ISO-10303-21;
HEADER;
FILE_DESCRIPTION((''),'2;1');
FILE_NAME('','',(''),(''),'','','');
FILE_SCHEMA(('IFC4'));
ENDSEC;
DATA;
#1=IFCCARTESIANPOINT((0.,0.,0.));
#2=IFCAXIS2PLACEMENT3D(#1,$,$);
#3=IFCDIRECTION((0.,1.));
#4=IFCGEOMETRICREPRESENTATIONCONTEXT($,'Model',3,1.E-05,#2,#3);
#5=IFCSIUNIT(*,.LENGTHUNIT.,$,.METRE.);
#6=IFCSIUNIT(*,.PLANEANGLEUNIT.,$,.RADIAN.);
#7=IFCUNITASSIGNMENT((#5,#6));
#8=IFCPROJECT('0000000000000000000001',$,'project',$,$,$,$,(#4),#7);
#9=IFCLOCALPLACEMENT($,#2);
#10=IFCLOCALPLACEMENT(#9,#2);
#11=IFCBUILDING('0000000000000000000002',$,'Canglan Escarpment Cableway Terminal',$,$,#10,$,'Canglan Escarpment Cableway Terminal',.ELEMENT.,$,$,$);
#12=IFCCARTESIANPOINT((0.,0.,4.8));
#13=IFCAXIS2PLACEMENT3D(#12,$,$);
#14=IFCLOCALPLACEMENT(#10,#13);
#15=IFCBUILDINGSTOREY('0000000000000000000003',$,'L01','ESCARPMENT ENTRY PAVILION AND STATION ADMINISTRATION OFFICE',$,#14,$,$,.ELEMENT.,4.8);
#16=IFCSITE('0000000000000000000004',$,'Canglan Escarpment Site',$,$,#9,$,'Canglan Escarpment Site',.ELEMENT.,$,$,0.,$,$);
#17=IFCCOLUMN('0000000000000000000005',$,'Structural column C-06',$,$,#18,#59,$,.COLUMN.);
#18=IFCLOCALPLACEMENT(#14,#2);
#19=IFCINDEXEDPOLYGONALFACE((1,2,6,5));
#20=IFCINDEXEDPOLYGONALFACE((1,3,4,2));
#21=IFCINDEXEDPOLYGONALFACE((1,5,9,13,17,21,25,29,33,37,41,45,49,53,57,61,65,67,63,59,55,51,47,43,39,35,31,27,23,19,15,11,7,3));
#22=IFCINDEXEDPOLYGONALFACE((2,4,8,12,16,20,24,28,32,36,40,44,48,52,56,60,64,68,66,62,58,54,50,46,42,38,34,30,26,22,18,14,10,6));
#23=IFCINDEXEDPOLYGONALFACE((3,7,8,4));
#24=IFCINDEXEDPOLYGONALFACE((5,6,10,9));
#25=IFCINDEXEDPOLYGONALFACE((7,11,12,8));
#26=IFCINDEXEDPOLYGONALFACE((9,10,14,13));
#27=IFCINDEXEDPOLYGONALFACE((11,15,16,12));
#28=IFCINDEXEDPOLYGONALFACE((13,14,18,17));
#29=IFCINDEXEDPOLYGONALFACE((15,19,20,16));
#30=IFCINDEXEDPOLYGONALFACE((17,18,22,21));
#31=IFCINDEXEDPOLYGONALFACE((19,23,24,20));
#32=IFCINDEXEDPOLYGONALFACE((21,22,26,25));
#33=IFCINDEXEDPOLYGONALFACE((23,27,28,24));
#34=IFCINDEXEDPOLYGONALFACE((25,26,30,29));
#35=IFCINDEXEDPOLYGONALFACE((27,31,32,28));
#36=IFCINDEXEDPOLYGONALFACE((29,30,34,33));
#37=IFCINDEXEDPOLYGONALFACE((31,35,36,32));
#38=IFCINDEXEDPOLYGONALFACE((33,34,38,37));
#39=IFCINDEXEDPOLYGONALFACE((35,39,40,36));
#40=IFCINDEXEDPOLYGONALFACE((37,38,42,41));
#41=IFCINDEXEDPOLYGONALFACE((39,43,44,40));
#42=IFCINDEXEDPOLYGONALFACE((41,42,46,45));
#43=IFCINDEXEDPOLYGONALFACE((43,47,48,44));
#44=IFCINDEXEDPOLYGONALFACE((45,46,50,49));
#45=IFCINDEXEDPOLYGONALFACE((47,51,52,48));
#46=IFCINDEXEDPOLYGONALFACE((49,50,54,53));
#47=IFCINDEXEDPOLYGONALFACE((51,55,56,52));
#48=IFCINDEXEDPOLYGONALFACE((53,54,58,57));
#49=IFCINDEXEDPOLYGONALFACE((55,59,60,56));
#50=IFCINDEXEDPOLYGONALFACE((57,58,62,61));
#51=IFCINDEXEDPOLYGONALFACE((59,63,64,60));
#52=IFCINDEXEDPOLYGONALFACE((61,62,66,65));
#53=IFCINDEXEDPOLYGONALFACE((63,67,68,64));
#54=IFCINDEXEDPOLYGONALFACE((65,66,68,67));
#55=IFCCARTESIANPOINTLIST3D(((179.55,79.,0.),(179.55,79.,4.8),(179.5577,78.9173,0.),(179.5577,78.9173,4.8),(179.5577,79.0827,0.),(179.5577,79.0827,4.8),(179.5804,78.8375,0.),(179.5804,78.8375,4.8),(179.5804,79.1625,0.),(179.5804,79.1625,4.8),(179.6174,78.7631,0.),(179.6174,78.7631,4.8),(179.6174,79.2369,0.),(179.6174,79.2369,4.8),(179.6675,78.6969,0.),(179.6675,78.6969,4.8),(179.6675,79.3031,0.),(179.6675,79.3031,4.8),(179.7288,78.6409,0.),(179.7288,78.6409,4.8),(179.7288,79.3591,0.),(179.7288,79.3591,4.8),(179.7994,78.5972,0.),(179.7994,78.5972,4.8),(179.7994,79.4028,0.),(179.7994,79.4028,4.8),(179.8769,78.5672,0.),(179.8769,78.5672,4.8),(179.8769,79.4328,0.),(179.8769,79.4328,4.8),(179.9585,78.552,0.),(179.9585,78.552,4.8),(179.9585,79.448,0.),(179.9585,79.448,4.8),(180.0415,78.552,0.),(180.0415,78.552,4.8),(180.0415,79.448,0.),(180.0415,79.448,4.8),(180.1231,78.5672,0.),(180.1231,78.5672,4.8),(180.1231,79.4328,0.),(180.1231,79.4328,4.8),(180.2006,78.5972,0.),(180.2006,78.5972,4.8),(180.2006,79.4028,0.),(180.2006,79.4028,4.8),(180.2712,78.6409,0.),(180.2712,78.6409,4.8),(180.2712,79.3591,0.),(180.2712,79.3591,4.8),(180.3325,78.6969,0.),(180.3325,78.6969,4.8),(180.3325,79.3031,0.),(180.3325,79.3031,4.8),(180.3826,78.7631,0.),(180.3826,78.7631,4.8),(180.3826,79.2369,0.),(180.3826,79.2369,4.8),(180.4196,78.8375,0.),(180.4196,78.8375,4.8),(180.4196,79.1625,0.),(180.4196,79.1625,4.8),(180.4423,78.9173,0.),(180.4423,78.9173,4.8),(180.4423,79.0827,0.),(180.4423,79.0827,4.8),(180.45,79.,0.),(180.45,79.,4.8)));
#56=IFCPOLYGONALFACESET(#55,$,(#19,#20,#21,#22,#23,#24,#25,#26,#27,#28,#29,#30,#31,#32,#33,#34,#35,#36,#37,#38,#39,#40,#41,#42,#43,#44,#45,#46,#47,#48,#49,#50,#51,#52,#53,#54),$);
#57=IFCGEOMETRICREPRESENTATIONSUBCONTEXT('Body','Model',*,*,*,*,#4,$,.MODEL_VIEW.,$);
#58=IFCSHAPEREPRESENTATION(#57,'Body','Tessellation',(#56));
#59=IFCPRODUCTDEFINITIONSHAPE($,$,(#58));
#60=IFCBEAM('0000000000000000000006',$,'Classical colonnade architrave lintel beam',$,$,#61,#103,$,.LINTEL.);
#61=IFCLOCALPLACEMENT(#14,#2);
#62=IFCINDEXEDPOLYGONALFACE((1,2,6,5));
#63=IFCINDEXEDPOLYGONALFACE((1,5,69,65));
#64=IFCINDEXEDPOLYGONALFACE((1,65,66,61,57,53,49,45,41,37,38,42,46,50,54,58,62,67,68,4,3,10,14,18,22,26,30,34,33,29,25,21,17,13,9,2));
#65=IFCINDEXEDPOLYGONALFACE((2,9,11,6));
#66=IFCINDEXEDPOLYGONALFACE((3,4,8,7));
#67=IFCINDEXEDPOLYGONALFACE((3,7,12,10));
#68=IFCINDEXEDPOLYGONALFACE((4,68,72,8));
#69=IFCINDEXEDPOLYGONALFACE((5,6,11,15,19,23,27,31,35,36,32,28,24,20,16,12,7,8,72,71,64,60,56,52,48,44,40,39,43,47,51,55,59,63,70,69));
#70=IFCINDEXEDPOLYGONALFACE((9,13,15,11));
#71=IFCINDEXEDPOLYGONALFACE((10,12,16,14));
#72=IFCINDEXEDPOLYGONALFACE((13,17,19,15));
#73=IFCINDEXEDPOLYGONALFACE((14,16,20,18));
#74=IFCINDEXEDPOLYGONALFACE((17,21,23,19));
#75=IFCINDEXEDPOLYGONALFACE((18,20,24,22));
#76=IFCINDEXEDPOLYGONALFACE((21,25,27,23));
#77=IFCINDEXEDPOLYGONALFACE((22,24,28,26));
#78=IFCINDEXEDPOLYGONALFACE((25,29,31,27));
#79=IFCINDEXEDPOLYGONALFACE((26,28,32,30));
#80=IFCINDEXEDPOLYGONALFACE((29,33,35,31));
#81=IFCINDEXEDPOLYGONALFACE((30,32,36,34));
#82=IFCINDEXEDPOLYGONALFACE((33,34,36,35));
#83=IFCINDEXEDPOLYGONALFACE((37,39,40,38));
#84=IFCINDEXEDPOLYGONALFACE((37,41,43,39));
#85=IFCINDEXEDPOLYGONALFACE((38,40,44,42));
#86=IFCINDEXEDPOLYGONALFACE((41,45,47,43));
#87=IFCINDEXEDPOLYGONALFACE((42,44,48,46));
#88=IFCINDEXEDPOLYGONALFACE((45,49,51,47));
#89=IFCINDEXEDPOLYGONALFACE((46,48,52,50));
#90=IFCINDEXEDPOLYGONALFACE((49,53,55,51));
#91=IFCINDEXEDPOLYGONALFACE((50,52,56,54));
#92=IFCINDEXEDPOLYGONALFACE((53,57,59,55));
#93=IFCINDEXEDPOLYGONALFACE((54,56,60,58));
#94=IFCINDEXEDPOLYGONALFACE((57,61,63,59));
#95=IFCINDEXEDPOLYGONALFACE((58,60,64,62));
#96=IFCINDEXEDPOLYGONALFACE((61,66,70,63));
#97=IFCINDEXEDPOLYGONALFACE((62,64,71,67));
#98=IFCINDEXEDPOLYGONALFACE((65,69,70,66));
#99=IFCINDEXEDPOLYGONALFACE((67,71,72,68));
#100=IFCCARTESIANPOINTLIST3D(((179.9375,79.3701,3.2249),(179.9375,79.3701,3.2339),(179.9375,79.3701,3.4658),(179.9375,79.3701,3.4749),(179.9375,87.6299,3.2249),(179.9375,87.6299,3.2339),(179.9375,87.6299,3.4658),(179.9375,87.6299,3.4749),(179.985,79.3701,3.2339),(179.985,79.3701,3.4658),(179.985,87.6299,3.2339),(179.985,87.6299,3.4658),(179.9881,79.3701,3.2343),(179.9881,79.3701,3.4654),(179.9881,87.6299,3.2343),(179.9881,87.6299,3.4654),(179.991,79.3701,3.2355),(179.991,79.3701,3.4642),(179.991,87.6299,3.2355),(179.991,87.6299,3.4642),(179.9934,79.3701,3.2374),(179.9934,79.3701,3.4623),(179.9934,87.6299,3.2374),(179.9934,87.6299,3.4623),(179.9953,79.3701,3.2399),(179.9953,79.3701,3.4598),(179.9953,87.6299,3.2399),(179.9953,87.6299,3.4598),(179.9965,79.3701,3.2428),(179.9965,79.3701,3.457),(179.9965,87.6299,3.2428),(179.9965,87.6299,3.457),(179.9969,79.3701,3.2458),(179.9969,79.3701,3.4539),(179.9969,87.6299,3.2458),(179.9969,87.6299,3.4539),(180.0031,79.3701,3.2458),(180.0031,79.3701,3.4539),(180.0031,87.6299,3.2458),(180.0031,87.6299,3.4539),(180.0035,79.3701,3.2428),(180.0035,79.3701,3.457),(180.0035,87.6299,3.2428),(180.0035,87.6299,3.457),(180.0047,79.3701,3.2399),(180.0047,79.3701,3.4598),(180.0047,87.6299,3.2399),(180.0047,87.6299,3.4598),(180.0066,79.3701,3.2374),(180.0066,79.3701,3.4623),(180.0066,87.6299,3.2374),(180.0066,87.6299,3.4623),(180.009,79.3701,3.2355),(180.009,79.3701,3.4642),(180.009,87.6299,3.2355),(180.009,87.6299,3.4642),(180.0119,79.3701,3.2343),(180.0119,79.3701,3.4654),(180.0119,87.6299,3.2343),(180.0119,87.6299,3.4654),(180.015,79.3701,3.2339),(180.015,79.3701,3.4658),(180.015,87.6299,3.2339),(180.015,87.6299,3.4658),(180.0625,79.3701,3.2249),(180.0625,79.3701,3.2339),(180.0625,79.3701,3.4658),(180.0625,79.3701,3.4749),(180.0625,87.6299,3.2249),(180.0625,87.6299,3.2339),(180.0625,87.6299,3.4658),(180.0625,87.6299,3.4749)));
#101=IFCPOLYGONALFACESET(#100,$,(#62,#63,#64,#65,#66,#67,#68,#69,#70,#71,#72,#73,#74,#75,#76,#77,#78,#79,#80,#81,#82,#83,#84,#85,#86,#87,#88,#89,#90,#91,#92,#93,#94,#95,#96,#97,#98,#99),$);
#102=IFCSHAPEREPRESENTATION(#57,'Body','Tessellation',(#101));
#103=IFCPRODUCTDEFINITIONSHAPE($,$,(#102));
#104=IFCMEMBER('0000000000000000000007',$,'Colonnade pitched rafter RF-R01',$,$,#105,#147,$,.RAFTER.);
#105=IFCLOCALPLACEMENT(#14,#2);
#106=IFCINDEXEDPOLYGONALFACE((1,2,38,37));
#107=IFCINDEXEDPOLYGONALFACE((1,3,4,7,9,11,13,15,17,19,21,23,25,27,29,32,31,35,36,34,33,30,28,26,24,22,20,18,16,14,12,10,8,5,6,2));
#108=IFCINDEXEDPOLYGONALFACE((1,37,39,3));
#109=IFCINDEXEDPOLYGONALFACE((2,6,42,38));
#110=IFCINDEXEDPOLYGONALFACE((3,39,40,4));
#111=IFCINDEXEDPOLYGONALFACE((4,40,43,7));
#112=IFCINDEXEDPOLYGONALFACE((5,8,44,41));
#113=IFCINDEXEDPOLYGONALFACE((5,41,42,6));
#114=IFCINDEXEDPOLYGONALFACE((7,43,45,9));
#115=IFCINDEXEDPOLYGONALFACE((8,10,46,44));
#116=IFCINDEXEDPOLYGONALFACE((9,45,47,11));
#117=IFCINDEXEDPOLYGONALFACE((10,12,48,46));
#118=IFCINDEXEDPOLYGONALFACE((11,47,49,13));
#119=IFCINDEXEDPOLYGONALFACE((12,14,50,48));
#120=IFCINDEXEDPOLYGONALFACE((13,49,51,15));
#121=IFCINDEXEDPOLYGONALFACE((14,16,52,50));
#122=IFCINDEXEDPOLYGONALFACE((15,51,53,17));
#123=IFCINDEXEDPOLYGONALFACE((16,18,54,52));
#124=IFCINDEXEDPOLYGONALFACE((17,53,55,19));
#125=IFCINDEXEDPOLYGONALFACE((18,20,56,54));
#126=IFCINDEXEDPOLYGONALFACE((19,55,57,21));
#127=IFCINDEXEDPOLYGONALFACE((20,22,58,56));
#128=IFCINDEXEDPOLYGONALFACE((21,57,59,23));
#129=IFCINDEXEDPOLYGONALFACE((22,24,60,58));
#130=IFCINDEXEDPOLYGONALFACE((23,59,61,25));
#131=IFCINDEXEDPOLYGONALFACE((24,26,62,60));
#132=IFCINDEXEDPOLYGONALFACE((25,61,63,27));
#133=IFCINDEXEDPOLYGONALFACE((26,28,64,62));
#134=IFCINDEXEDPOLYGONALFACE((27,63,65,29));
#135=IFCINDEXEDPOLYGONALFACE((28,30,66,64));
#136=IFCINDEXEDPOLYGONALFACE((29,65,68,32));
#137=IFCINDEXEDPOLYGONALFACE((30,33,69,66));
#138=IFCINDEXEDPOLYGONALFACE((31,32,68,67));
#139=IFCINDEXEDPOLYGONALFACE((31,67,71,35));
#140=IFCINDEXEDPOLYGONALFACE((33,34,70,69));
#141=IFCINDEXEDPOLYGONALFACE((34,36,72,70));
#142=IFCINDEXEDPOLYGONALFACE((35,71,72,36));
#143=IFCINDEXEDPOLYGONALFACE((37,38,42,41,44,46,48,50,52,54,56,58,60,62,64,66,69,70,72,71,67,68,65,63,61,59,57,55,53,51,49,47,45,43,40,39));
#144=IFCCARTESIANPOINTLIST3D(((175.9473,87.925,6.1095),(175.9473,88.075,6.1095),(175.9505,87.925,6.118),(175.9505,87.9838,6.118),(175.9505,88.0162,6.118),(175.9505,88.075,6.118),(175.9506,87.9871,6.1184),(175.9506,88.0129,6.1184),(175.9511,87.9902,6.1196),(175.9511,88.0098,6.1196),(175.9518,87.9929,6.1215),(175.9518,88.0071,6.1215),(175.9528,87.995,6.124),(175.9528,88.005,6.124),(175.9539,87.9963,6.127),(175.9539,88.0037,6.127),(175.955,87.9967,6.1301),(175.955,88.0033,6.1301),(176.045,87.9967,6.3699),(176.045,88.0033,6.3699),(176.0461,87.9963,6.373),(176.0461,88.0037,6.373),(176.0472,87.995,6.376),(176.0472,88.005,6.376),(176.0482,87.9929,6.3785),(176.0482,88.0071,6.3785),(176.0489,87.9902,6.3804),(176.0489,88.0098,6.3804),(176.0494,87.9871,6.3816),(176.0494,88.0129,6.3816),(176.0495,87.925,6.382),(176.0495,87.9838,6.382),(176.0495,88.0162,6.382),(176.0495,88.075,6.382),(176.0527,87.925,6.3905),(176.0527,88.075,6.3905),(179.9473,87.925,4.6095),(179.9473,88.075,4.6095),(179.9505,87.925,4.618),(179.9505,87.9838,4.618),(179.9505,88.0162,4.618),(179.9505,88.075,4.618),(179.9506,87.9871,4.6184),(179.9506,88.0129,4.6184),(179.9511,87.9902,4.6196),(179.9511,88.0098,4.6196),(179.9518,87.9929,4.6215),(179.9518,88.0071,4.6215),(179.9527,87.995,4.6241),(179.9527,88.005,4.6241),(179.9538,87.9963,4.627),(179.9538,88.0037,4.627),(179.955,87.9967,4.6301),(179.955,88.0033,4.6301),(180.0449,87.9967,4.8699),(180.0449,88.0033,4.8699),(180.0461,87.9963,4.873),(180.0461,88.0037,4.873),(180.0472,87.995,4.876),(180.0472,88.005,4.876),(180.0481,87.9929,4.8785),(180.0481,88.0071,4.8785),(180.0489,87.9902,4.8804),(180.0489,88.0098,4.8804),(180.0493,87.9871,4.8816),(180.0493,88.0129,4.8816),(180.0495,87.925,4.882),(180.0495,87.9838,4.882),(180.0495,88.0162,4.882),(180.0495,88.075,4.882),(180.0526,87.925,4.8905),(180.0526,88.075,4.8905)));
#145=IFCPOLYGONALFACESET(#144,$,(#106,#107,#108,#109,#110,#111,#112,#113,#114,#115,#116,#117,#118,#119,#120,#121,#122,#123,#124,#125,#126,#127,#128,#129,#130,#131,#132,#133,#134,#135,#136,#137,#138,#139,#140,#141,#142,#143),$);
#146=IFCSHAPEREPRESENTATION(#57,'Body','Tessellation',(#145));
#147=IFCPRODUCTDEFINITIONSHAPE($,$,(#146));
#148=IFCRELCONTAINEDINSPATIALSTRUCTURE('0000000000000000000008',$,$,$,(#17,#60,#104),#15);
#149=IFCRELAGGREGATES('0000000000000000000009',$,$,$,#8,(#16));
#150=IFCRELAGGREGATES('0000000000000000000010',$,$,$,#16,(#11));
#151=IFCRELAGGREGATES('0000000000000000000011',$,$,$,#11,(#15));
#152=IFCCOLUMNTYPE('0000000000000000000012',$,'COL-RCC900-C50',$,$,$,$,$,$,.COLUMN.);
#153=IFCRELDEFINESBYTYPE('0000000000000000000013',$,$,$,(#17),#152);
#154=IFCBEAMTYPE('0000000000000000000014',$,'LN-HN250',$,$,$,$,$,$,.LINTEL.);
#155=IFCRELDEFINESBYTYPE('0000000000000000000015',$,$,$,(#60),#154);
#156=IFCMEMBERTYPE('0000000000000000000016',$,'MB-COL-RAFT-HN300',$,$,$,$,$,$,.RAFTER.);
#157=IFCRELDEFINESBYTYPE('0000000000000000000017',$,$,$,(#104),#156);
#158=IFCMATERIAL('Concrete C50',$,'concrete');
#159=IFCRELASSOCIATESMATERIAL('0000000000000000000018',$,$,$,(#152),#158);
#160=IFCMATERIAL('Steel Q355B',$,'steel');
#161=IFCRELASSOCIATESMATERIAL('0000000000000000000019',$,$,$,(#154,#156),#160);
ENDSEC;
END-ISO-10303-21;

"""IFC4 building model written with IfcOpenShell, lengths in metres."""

from ifc_helpers import new_model, si_unit, direction, frame, origin, origin_2d, place, context, subcontext, project, spatial, circle, i_section, extrude, material, material_profile, profile_set, type_object, element, save


model = new_model("IFC4")

# Units and contexts
model_context = context("Model", 3, precision=1e-05, world=origin(), true_north=direction((0.0, 1.0)))
body_context = subcontext(model_context, "Body", "Model", "MODEL_VIEW")
ifc_project = project(units=[si_unit("LENGTHUNIT", "METRE"), si_unit("PLANEANGLEUNIT", "RADIAN")], contexts=[model_context])

# Site, building, storey
site_placement = place(None, origin())
site = spatial("IfcSite", under=ifc_project, at=site_placement, Name="Canglan Escarpment Site", LongName="Canglan Escarpment Site", CompositionType="ELEMENT", RefElevation=0.0)
building_placement = place(site_placement, origin())
building = spatial("IfcBuilding", under=site, at=building_placement, Name="Canglan Escarpment Cableway Terminal", LongName="Canglan Escarpment Cableway Terminal", CompositionType="ELEMENT")
storey_placement = place(building_placement, frame((0.0, 0.0, 4.8)))
storey = spatial("IfcBuildingStorey", under=building, at=storey_placement, Name="L01", Description="ESCARPMENT ENTRY PAVILION AND STATION ADMINISTRATION OFFICE", CompositionType="ELEMENT", Elevation=4.8)

# Column
ifc_material_1 = material(Name="Concrete C50", Category="concrete")
ifc_material_profile_1 = material_profile(ifc_material_1, circle(Radius=0.45, at=origin_2d()), Name="RC-CIRC D900")
ifc_profile_set_1 = profile_set([ifc_material_profile_1], Name="Concrete C50")
column_type_1 = type_object("IfcColumnType", Name="COL-RCC900-C50", PredefinedType="COLUMN", material=ifc_profile_set_1)
column_placement = place(storey_placement, frame((180.0, 79.0, 0.0), z_axis=(0.0, 0.0, 1.0), x_axis=(1.0, 0.0, 0.0)))
element("IfcColumn", 1, at=column_placement, inside=storey, type_object=column_type_1, Name="Structural column C-06", PredefinedType="COLUMN", context=body_context, shape_type="SweptSolid", body=[
    extrude(circle(Radius=0.45, at=origin_2d()), origin(), (0.0, 0.0, 1.0), 4.8),
])

# Beam
ifc_material_2 = material(Name="Steel Q355B", Category="steel")
ifc_material_profile_2 = material_profile(ifc_material_2, i_section(OverallWidth=0.125, OverallDepth=0.25, WebThickness=0.0061, FlangeThickness=0.009, FilletRadius=0.012, at=origin_2d()), Name="HN 250x125x6x9")
ifc_profile_set_2 = profile_set([ifc_material_profile_2], Name="Steel Q355B")
beam_type = type_object("IfcBeamType", Name="LN-HN250", PredefinedType="LINTEL", material=ifc_profile_set_2)
beam_placement = place(storey_placement, frame((180.0, 79.3701, 3.3499), z_axis=(0.0, 1.0, 0.0), x_axis=(-1.0, 0.0, 0.0)))
element("IfcBeam", 2, at=beam_placement, inside=storey, type_object=beam_type, Name="Classical colonnade architrave lintel beam", PredefinedType="LINTEL", context=body_context, shape_type="SweptSolid", body=[
    extrude(i_section(OverallWidth=0.125, OverallDepth=0.25, WebThickness=0.0061, FlangeThickness=0.009, FilletRadius=0.012, at=origin_2d()), origin(), (0.0, 0.0, 1.0), 8.2598),
])

# Member
ifc_material_profile_3 = material_profile(ifc_material_2, i_section(OverallWidth=0.1499, OverallDepth=0.3, WebThickness=0.0066, FlangeThickness=0.009, FilletRadius=0.0129, at=origin_2d()), Name="HN 300x150x6.5x9")
ifc_profile_set_3 = profile_set([ifc_material_profile_3], Name="Steel Q355B")
member_type_1 = type_object("IfcMemberType", Name="MB-COL-RAFT-HN300", PredefinedType="RAFTER", material=ifc_profile_set_3)
member_1_placement = place(storey_placement, frame((176.0, 88.0, 6.25), z_axis=(0.936329, 0.0, -0.351123), x_axis=(0.0, 1.0, 0.0)))
element("IfcMember", 3, at=member_1_placement, inside=storey, type_object=member_type_1, Name="Colonnade pitched rafter RF-R01", PredefinedType="RAFTER", context=body_context, shape_type="SweptSolid", body=[
    extrude(i_section(OverallWidth=0.1499, OverallDepth=0.3, WebThickness=0.0066, FlangeThickness=0.009, FilletRadius=0.0129, at=origin_2d()), origin(), (0.0, 0.0, 1.0), 4.272),
])

save(model, "model.ifc")
